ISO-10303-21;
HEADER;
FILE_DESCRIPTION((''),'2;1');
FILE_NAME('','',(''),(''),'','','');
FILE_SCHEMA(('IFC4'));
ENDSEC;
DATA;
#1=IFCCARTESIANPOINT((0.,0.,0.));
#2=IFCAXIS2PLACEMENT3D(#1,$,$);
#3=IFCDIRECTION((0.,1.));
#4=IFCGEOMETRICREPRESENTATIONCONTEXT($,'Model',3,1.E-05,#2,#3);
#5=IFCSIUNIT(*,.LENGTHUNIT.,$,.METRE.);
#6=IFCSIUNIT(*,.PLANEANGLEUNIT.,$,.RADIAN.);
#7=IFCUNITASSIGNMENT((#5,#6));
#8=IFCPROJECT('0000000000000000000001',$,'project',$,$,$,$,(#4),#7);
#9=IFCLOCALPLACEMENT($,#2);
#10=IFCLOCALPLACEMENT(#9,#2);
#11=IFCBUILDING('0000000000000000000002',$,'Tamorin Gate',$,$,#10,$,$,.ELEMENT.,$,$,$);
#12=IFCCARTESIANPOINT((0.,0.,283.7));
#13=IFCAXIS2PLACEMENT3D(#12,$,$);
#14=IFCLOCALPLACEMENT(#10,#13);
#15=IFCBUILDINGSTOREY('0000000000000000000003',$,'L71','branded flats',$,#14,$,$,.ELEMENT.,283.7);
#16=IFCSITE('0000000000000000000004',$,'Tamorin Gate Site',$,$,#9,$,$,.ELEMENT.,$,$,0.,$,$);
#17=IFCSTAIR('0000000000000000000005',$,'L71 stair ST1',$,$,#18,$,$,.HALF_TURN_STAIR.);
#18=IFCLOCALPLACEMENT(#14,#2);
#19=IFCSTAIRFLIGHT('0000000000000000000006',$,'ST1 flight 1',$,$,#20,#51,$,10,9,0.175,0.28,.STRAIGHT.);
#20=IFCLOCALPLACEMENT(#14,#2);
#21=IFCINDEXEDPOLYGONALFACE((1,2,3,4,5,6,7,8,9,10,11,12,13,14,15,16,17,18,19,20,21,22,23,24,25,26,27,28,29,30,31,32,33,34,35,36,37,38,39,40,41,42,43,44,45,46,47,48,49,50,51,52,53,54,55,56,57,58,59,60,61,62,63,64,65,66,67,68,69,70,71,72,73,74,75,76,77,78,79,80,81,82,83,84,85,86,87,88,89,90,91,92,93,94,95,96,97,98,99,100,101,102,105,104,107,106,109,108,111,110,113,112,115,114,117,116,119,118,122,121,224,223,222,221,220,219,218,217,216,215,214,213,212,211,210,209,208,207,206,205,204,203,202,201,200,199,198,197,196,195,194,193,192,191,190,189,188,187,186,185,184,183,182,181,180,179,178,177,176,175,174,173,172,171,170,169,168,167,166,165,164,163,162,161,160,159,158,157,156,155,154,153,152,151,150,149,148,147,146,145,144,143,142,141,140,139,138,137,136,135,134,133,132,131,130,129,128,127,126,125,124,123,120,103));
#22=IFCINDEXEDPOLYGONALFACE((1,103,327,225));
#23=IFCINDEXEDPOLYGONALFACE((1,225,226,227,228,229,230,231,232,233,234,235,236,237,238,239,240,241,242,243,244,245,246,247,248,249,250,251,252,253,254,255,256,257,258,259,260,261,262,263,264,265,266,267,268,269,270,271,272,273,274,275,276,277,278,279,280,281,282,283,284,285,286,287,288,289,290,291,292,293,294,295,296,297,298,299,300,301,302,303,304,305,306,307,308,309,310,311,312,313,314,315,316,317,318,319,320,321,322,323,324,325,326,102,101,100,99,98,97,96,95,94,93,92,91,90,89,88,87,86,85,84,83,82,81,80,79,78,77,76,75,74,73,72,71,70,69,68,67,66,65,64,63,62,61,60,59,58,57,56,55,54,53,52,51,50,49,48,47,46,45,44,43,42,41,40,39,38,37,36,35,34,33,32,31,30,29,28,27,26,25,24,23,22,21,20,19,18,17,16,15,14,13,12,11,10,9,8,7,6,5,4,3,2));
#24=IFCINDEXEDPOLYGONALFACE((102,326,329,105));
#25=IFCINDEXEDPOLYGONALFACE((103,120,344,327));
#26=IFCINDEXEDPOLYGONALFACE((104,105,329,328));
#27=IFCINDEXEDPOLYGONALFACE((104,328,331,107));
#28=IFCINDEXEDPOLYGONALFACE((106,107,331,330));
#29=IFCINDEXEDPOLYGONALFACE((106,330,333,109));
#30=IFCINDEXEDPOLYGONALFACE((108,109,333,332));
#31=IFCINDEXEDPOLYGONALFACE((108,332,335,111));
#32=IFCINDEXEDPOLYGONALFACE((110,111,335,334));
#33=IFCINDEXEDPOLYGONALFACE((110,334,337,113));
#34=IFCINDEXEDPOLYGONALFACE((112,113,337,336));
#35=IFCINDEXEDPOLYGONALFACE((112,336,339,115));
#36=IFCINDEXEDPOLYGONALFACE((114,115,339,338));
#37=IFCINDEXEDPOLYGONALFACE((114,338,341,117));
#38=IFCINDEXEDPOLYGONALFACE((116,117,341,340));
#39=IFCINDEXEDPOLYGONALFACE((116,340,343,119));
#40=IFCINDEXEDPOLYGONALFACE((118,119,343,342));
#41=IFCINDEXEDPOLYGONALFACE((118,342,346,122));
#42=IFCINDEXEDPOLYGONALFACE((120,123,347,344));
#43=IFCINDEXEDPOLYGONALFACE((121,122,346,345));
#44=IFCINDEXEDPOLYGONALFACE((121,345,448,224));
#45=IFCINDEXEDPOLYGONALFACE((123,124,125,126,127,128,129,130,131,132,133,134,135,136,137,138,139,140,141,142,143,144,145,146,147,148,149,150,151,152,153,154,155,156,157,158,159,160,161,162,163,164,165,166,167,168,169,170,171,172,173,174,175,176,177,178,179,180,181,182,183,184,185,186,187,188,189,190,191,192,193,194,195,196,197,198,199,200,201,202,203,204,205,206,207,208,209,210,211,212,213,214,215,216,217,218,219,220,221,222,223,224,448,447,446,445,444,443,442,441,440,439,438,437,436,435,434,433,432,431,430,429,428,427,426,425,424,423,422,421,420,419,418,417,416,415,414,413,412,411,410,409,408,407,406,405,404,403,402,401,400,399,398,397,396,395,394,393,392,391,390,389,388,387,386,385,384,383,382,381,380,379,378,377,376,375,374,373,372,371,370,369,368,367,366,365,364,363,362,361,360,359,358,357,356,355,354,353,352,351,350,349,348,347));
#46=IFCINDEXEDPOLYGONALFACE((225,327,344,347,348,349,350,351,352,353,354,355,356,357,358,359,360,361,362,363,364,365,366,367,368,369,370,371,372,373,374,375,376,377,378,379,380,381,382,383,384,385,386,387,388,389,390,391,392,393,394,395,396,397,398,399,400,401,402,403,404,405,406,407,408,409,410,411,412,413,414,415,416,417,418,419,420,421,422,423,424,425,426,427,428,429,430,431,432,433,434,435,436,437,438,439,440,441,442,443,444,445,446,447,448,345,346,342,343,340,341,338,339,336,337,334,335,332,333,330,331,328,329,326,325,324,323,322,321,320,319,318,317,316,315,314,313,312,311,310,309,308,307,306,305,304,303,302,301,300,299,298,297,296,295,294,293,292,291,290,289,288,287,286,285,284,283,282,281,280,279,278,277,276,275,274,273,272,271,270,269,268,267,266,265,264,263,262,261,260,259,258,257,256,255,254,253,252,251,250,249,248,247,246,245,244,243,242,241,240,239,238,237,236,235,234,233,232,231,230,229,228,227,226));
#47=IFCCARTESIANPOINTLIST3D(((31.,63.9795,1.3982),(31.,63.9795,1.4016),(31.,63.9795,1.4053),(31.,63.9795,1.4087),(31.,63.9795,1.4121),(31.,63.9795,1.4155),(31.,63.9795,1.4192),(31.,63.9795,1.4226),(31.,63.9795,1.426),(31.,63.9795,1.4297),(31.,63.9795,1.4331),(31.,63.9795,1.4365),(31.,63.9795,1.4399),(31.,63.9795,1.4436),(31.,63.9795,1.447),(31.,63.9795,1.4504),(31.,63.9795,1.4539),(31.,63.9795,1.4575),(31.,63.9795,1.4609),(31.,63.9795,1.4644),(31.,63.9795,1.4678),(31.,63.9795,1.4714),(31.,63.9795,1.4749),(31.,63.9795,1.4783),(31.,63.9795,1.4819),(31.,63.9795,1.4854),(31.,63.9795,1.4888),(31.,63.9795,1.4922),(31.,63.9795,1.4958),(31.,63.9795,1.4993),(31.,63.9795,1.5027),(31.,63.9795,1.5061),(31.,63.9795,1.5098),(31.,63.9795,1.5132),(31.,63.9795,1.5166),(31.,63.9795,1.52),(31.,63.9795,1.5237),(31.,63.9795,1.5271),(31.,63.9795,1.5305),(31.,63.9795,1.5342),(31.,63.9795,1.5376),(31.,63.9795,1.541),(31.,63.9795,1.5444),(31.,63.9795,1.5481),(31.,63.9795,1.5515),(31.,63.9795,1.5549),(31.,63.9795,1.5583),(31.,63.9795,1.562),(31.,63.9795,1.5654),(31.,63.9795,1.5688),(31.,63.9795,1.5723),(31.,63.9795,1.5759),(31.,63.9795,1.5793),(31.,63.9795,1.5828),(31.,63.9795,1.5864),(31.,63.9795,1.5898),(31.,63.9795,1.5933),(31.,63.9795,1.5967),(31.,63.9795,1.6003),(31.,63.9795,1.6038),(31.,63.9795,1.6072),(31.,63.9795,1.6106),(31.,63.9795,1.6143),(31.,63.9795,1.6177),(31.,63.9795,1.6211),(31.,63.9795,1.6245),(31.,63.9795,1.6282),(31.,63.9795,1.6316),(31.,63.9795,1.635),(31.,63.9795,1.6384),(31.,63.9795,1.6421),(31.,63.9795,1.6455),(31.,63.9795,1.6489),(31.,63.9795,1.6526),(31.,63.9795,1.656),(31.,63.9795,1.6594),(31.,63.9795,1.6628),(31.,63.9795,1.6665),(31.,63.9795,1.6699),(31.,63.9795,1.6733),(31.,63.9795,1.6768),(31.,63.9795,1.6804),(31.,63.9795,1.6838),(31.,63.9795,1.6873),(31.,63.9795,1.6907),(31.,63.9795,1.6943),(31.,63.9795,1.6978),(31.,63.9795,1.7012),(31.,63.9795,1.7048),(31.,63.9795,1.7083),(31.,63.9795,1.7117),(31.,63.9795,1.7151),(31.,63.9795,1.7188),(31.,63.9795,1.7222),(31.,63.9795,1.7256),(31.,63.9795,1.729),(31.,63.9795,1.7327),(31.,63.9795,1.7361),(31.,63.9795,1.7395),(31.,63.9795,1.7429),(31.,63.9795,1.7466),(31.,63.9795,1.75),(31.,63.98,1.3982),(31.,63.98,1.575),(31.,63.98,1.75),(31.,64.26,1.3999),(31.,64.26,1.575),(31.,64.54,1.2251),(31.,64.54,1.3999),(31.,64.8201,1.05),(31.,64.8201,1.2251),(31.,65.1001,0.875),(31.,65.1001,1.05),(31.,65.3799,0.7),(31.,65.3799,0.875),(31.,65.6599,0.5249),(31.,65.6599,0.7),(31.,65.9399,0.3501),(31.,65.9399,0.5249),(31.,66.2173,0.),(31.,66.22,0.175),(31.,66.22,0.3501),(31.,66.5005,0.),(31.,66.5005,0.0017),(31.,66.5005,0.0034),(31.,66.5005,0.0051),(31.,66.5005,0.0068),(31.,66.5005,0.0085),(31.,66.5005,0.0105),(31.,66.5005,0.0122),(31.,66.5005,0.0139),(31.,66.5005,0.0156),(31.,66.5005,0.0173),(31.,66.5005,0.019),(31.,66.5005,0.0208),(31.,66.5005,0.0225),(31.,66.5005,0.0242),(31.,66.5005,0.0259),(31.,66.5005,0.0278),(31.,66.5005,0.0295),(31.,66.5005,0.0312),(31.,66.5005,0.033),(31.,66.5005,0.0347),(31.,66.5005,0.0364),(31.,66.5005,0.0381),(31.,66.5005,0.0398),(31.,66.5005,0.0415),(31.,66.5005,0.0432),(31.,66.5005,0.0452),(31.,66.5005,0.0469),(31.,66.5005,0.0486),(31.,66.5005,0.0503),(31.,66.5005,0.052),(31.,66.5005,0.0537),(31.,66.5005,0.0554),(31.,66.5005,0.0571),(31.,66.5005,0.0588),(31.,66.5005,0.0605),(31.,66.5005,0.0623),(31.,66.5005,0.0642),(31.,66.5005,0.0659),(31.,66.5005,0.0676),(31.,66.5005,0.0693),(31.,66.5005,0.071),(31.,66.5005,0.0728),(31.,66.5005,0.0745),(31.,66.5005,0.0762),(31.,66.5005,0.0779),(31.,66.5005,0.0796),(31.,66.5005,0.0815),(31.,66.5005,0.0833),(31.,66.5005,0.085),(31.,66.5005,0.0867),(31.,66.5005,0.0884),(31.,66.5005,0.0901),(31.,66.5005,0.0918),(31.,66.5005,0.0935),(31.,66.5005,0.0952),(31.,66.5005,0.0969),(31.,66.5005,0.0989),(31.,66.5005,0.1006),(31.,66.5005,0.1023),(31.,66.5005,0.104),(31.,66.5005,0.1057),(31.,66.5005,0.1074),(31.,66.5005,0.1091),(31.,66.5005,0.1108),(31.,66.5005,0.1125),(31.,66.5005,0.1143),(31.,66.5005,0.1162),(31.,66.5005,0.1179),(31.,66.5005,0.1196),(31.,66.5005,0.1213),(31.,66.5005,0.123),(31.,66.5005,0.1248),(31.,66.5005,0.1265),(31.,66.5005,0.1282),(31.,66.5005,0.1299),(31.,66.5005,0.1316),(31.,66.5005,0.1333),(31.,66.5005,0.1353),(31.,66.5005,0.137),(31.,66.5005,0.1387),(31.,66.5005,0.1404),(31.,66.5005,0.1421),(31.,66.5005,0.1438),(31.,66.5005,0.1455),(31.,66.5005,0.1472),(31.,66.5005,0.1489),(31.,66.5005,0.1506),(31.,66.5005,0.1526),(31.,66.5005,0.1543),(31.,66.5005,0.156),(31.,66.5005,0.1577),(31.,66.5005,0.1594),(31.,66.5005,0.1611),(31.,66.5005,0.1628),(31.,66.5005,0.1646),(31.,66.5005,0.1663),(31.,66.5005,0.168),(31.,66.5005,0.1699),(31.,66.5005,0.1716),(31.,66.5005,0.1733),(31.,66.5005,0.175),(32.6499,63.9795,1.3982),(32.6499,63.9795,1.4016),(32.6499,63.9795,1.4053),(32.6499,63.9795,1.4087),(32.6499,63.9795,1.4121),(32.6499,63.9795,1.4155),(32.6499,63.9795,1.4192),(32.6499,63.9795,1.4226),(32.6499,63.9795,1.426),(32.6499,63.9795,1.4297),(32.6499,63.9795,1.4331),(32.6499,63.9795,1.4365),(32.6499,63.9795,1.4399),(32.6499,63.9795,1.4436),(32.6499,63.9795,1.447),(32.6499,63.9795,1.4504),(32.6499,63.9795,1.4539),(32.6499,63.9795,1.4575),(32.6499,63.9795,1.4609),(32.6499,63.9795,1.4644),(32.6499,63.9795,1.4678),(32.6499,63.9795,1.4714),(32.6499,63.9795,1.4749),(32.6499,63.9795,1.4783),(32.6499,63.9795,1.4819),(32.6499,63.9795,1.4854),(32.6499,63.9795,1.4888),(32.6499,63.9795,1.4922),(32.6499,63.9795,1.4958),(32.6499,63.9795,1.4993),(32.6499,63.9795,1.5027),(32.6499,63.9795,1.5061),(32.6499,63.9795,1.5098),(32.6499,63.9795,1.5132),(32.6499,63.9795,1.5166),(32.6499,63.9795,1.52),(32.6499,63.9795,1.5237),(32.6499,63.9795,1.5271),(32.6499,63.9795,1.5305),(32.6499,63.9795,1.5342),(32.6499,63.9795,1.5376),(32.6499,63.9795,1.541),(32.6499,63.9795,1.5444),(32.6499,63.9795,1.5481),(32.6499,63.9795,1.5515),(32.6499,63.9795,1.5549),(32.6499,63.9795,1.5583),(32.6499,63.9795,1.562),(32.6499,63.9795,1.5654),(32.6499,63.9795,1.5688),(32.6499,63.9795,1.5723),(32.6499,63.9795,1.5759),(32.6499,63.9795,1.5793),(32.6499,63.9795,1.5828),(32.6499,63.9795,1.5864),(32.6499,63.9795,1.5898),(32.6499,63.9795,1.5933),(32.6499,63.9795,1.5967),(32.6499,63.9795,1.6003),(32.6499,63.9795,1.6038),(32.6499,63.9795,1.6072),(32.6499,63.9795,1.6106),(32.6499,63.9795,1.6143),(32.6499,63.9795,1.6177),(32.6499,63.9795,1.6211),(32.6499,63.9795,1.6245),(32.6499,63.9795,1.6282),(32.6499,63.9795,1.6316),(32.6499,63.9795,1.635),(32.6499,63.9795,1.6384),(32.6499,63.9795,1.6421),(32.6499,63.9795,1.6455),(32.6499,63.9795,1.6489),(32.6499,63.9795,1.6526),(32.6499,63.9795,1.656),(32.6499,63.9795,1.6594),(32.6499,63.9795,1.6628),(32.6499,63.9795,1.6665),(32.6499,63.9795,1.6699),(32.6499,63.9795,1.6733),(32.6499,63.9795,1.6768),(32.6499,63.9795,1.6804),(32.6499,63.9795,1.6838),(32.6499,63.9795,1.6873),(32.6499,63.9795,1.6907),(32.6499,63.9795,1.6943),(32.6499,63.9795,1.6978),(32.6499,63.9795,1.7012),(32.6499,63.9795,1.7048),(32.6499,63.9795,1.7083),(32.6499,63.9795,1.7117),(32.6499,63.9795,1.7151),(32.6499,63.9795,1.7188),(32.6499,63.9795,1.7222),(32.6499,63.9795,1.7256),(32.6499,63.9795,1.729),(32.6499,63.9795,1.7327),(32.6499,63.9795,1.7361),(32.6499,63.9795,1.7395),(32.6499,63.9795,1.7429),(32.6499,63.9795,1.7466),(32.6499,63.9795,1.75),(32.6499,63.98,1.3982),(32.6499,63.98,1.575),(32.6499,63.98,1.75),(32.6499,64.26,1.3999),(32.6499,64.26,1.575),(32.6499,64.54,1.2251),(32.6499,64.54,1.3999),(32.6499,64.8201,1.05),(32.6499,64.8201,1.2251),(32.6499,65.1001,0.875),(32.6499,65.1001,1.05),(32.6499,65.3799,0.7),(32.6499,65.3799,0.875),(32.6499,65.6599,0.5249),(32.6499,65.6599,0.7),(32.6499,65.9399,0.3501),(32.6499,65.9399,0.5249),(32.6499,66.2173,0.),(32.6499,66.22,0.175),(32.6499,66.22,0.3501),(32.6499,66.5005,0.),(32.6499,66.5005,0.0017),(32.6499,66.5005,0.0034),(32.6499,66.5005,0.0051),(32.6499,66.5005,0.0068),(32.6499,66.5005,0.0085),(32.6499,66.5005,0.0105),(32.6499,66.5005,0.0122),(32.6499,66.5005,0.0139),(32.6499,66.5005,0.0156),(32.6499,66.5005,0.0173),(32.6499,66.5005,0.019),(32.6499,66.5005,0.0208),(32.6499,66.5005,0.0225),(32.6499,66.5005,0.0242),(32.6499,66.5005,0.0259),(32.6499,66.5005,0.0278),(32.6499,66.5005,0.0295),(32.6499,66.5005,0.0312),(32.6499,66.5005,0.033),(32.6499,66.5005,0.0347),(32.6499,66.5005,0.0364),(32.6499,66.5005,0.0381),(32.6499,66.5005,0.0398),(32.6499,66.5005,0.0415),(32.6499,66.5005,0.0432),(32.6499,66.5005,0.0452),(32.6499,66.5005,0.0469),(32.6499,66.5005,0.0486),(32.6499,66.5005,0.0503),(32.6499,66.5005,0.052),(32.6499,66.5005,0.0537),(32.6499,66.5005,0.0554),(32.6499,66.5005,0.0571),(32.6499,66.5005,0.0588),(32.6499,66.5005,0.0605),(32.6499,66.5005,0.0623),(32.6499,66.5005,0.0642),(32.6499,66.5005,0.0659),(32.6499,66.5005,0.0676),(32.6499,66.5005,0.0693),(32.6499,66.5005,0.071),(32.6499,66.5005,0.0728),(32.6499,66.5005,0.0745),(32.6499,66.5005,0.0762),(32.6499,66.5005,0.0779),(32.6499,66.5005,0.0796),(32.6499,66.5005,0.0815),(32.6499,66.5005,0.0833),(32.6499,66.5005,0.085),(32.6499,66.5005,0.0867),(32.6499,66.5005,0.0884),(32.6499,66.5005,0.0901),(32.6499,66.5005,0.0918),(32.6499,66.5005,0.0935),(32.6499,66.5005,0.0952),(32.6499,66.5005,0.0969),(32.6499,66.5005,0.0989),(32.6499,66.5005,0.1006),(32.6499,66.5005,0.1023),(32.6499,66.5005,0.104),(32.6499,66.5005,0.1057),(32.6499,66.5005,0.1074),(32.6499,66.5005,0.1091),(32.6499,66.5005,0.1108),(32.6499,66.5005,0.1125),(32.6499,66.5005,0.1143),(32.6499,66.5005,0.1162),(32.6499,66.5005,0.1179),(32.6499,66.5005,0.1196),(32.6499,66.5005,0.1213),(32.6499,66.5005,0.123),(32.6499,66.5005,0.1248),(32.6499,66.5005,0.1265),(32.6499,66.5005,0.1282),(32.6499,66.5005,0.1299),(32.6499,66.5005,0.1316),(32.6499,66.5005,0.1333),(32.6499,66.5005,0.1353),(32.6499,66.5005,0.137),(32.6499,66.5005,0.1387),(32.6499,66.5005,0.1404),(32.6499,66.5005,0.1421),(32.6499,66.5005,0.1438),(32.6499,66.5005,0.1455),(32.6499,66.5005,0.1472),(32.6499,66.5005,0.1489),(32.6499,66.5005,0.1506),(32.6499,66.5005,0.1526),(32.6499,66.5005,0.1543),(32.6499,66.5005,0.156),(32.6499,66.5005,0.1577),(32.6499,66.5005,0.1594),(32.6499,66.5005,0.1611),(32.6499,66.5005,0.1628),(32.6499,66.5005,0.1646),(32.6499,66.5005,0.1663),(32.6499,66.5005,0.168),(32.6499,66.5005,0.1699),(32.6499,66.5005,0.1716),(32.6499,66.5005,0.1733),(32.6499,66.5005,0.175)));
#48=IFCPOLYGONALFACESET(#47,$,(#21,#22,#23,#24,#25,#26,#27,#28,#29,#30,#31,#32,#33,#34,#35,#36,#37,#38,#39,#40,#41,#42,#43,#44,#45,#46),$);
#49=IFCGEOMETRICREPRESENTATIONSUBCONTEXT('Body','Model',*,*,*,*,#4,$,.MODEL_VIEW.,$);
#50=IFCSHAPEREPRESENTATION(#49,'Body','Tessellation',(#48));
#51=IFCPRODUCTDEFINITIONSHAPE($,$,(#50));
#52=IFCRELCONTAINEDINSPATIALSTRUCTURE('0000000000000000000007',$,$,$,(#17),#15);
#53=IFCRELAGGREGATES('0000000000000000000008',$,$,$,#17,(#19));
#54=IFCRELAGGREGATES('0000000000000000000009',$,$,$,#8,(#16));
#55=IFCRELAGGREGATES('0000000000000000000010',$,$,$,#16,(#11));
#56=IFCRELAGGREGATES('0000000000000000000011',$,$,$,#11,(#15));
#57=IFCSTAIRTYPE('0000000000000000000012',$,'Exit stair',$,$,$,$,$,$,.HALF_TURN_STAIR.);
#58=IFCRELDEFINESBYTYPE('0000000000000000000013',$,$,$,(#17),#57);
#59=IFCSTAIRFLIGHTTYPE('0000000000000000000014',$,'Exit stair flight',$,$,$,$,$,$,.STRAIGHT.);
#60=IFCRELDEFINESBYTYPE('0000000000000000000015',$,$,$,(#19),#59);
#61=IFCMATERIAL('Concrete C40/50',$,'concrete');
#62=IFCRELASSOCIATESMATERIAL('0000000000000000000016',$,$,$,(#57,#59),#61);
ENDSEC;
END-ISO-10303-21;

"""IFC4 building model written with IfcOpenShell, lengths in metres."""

from ifc_helpers import new_model, si_unit, direction, frame, origin, place, context, subcontext, project, spatial, polyline, outline, extrude, material, type_object, element, aggregate, save


model = new_model("IFC4")

# Units and contexts
model_context = context("Model", 3, precision=1e-05, world=origin(), true_north=direction((0.0, 1.0)))
body_context = subcontext(model_context, "Body", "Model", "MODEL_VIEW")
ifc_project = project(units=[si_unit("LENGTHUNIT", "METRE"), si_unit("PLANEANGLEUNIT", "RADIAN")], contexts=[model_context])

# Site, building, storey
site_placement = place(None, origin())
site = spatial("IfcSite", under=ifc_project, at=site_placement, Name="Tamorin Gate Site", CompositionType="ELEMENT", RefElevation=0.0)
building_placement = place(site_placement, origin())
building = spatial("IfcBuilding", under=site, at=building_placement, Name="Tamorin Gate", CompositionType="ELEMENT")
storey_placement = place(building_placement, frame((0.0, 0.0, 283.7)))
storey = spatial("IfcBuildingStorey", under=building, at=storey_placement, Name="L71", Description="branded flats", CompositionType="ELEMENT", Elevation=283.7)

# Shared definitions
ifc_material_1 = material(Name="Concrete C40/50", Category="concrete")

# Stair, stair flight
stair_type = type_object("IfcStairType", Name="Exit stair", PredefinedType="HALF_TURN_STAIR", material=ifc_material_1)
stair_1_placement = place(storey_placement, origin())
stair_1 = element("IfcStair", 1, at=stair_1_placement, inside=storey, type_object=stair_type, Name="L71 stair ST1", PredefinedType="HALF_TURN_STAIR")
stair_flight_type = type_object("IfcStairFlightType", Name="Exit stair flight", PredefinedType="STRAIGHT", material=ifc_material_1)
stair_flight_1_placement = place(storey_placement, frame((31.825, 66.5, 0.0), z_axis=(0.0, 0.0, 1.0), x_axis=(0.0, -1.0, 0.0)))
stair_flight_1 = element("IfcStairFlight", 2, at=stair_flight_1_placement, type_object=stair_flight_type, Name="ST1 flight 1", NumberOfRisers=10, NumberOfTreads=9, PredefinedType="STRAIGHT", RiserHeight=0.175, TreadLength=0.28, context=body_context, shape_type="SweptSolid", body=[
    extrude(outline(polyline([(-0.0005, 0.0), (-0.0005, 0.0017), (-0.0005, 0.0034), (-0.0005, 0.0051), (-0.0005, 0.0068), (-0.0005, 0.0085), (-0.0005, 0.0105), (-0.0005, 0.0122), (-0.0005, 0.0139), (-0.0005, 0.0156), (-0.0005, 0.0173), (-0.0005, 0.019), (-0.0005, 0.0208), (-0.0005, 0.0225), (-0.0005, 0.0242), (-0.0005, 0.0259), (-0.0005, 0.0278), (-0.0005, 0.0295), (-0.0005, 0.0312), (-0.0005, 0.033), (-0.0005, 0.0347), (-0.0005, 0.0364), (-0.0005, 0.0381), (-0.0005, 0.0398), (-0.0005, 0.0415), (-0.0005, 0.0432), (-0.0005, 0.0452), (-0.0005, 0.0469), (-0.0005, 0.0486), (-0.0005, 0.0503), (-0.0005, 0.052), (-0.0005, 0.0537), (-0.0005, 0.0554), (-0.0005, 0.0571), (-0.0005, 0.0588), (-0.0005, 0.0605), (-0.0005, 0.0623), (-0.0005, 0.0642), (-0.0005, 0.0659), (-0.0005, 0.0676), (-0.0005, 0.0693), (-0.0005, 0.071), (-0.0005, 0.0728), (-0.0005, 0.0745), (-0.0005, 0.0762), (-0.0005, 0.0779), (-0.0005, 0.0796), (-0.0005, 0.0815), (-0.0005, 0.0833), (-0.0005, 0.085), (-0.0005, 0.0867), (-0.0005, 0.0884), (-0.0005, 0.0901), (-0.0005, 0.0918), (-0.0005, 0.0935), (-0.0005, 0.0952), (-0.0005, 0.0969), (-0.0005, 0.0989), (-0.0005, 0.1006), (-0.0005, 0.1023), (-0.0005, 0.104), (-0.0005, 0.1057), (-0.0005, 0.1074), (-0.0005, 0.1091), (-0.0005, 0.1108), (-0.0005, 0.1125), (-0.0005, 0.1143), (-0.0005, 0.1162), (-0.0005, 0.1179), (-0.0005, 0.1196), (-0.0005, 0.1213), (-0.0005, 0.123), (-0.0005, 0.1248), (-0.0005, 0.1265), (-0.0005, 0.1282), (-0.0005, 0.1299), (-0.0005, 0.1316), (-0.0005, 0.1333), (-0.0005, 0.1353), (-0.0005, 0.137), (-0.0005, 0.1387), (-0.0005, 0.1404), (-0.0005, 0.1421), (-0.0005, 0.1438), (-0.0005, 0.1455), (-0.0005, 0.1472), (-0.0005, 0.1489), (-0.0005, 0.1506), (-0.0005, 0.1526), (-0.0005, 0.1543), (-0.0005, 0.156), (-0.0005, 0.1577), (-0.0005, 0.1594), (-0.0005, 0.1611), (-0.0005, 0.1628), (-0.0005, 0.1646), (-0.0005, 0.1663), (-0.0005, 0.168), (-0.0005, 0.1699), (-0.0005, 0.1716), (-0.0005, 0.1733), (-0.0005, 0.175), (0.28, 0.175), (0.28, 0.3501), (0.5601, 0.3501), (0.5601, 0.5249), (0.8401, 0.5249), (0.8401, 0.7), (1.1201, 0.7), (1.1201, 0.875), (1.3999, 0.875), (1.3999, 1.05), (1.6799, 1.05), (1.6799, 1.2251), (1.96, 1.2251), (1.96, 1.3999), (2.24, 1.3999), (2.24, 1.575), (2.52, 1.575), (2.52, 1.75), (2.5205, 1.75), (2.5205, 1.7466), (2.5205, 1.7429), (2.5205, 1.7395), (2.5205, 1.7361), (2.5205, 1.7327), (2.5205, 1.729), (2.5205, 1.7256), (2.5205, 1.7222), (2.5205, 1.7188), (2.5205, 1.7151), (2.5205, 1.7117), (2.5205, 1.7083), (2.5205, 1.7048), (2.5205, 1.7012), (2.5205, 1.6978), (2.5205, 1.6943), (2.5205, 1.6907), (2.5205, 1.6873), (2.5205, 1.6838), (2.5205, 1.6804), (2.5205, 1.6768), (2.5205, 1.6733), (2.5205, 1.6699), (2.5205, 1.6665), (2.5205, 1.6628), (2.5205, 1.6594), (2.5205, 1.656), (2.5205, 1.6526), (2.5205, 1.6489), (2.5205, 1.6455), (2.5205, 1.6421), (2.5205, 1.6384), (2.5205, 1.635), (2.5205, 1.6316), (2.5205, 1.6282), (2.5205, 1.6245), (2.5205, 1.6211), (2.5205, 1.6177), (2.5205, 1.6143), (2.5205, 1.6106), (2.5205, 1.6072), (2.5205, 1.6038), (2.5205, 1.6003), (2.5205, 1.5967), (2.5205, 1.5933), (2.5205, 1.5898), (2.5205, 1.5864), (2.5205, 1.5828), (2.5205, 1.5793), (2.5205, 1.5759), (2.5205, 1.5723), (2.5205, 1.5688), (2.5205, 1.5654), (2.5205, 1.562), (2.5205, 1.5583), (2.5205, 1.5549), (2.5205, 1.5515), (2.5205, 1.5481), (2.5205, 1.5444), (2.5205, 1.541), (2.5205, 1.5376), (2.5205, 1.5342), (2.5205, 1.5305), (2.5205, 1.5271), (2.5205, 1.5237), (2.5205, 1.52), (2.5205, 1.5166), (2.5205, 1.5132), (2.5205, 1.5098), (2.5205, 1.5061), (2.5205, 1.5027), (2.5205, 1.4993), (2.5205, 1.4958), (2.5205, 1.4922), (2.5205, 1.4888), (2.5205, 1.4854), (2.5205, 1.4819), (2.5205, 1.4783), (2.5205, 1.4749), (2.5205, 1.4714), (2.5205, 1.4678), (2.5205, 1.4644), (2.5205, 1.4609), (2.5205, 1.4575), (2.5205, 1.4539), (2.5205, 1.4504), (2.5205, 1.447), (2.5205, 1.4436), (2.5205, 1.4399), (2.5205, 1.4365), (2.5205, 1.4331), (2.5205, 1.4297), (2.5205, 1.426), (2.5205, 1.4226), (2.5205, 1.4192), (2.5205, 1.4155), (2.5205, 1.4121), (2.5205, 1.4087), (2.5205, 1.4053), (2.5205, 1.4016), (2.5205, 1.3982), (2.52, 1.3982), (0.2827, 0.0), (-0.0005, 0.0)])), frame((0.0, 0.825, 0.0), z_axis=(0.0, -1.0, 0.0), x_axis=(1.0, 0.0, 0.0)), (0.0, 0.0, 1.0), 1.6499),
])
aggregate(stair_1, [stair_flight_1])

save(model, "model.ifc")
